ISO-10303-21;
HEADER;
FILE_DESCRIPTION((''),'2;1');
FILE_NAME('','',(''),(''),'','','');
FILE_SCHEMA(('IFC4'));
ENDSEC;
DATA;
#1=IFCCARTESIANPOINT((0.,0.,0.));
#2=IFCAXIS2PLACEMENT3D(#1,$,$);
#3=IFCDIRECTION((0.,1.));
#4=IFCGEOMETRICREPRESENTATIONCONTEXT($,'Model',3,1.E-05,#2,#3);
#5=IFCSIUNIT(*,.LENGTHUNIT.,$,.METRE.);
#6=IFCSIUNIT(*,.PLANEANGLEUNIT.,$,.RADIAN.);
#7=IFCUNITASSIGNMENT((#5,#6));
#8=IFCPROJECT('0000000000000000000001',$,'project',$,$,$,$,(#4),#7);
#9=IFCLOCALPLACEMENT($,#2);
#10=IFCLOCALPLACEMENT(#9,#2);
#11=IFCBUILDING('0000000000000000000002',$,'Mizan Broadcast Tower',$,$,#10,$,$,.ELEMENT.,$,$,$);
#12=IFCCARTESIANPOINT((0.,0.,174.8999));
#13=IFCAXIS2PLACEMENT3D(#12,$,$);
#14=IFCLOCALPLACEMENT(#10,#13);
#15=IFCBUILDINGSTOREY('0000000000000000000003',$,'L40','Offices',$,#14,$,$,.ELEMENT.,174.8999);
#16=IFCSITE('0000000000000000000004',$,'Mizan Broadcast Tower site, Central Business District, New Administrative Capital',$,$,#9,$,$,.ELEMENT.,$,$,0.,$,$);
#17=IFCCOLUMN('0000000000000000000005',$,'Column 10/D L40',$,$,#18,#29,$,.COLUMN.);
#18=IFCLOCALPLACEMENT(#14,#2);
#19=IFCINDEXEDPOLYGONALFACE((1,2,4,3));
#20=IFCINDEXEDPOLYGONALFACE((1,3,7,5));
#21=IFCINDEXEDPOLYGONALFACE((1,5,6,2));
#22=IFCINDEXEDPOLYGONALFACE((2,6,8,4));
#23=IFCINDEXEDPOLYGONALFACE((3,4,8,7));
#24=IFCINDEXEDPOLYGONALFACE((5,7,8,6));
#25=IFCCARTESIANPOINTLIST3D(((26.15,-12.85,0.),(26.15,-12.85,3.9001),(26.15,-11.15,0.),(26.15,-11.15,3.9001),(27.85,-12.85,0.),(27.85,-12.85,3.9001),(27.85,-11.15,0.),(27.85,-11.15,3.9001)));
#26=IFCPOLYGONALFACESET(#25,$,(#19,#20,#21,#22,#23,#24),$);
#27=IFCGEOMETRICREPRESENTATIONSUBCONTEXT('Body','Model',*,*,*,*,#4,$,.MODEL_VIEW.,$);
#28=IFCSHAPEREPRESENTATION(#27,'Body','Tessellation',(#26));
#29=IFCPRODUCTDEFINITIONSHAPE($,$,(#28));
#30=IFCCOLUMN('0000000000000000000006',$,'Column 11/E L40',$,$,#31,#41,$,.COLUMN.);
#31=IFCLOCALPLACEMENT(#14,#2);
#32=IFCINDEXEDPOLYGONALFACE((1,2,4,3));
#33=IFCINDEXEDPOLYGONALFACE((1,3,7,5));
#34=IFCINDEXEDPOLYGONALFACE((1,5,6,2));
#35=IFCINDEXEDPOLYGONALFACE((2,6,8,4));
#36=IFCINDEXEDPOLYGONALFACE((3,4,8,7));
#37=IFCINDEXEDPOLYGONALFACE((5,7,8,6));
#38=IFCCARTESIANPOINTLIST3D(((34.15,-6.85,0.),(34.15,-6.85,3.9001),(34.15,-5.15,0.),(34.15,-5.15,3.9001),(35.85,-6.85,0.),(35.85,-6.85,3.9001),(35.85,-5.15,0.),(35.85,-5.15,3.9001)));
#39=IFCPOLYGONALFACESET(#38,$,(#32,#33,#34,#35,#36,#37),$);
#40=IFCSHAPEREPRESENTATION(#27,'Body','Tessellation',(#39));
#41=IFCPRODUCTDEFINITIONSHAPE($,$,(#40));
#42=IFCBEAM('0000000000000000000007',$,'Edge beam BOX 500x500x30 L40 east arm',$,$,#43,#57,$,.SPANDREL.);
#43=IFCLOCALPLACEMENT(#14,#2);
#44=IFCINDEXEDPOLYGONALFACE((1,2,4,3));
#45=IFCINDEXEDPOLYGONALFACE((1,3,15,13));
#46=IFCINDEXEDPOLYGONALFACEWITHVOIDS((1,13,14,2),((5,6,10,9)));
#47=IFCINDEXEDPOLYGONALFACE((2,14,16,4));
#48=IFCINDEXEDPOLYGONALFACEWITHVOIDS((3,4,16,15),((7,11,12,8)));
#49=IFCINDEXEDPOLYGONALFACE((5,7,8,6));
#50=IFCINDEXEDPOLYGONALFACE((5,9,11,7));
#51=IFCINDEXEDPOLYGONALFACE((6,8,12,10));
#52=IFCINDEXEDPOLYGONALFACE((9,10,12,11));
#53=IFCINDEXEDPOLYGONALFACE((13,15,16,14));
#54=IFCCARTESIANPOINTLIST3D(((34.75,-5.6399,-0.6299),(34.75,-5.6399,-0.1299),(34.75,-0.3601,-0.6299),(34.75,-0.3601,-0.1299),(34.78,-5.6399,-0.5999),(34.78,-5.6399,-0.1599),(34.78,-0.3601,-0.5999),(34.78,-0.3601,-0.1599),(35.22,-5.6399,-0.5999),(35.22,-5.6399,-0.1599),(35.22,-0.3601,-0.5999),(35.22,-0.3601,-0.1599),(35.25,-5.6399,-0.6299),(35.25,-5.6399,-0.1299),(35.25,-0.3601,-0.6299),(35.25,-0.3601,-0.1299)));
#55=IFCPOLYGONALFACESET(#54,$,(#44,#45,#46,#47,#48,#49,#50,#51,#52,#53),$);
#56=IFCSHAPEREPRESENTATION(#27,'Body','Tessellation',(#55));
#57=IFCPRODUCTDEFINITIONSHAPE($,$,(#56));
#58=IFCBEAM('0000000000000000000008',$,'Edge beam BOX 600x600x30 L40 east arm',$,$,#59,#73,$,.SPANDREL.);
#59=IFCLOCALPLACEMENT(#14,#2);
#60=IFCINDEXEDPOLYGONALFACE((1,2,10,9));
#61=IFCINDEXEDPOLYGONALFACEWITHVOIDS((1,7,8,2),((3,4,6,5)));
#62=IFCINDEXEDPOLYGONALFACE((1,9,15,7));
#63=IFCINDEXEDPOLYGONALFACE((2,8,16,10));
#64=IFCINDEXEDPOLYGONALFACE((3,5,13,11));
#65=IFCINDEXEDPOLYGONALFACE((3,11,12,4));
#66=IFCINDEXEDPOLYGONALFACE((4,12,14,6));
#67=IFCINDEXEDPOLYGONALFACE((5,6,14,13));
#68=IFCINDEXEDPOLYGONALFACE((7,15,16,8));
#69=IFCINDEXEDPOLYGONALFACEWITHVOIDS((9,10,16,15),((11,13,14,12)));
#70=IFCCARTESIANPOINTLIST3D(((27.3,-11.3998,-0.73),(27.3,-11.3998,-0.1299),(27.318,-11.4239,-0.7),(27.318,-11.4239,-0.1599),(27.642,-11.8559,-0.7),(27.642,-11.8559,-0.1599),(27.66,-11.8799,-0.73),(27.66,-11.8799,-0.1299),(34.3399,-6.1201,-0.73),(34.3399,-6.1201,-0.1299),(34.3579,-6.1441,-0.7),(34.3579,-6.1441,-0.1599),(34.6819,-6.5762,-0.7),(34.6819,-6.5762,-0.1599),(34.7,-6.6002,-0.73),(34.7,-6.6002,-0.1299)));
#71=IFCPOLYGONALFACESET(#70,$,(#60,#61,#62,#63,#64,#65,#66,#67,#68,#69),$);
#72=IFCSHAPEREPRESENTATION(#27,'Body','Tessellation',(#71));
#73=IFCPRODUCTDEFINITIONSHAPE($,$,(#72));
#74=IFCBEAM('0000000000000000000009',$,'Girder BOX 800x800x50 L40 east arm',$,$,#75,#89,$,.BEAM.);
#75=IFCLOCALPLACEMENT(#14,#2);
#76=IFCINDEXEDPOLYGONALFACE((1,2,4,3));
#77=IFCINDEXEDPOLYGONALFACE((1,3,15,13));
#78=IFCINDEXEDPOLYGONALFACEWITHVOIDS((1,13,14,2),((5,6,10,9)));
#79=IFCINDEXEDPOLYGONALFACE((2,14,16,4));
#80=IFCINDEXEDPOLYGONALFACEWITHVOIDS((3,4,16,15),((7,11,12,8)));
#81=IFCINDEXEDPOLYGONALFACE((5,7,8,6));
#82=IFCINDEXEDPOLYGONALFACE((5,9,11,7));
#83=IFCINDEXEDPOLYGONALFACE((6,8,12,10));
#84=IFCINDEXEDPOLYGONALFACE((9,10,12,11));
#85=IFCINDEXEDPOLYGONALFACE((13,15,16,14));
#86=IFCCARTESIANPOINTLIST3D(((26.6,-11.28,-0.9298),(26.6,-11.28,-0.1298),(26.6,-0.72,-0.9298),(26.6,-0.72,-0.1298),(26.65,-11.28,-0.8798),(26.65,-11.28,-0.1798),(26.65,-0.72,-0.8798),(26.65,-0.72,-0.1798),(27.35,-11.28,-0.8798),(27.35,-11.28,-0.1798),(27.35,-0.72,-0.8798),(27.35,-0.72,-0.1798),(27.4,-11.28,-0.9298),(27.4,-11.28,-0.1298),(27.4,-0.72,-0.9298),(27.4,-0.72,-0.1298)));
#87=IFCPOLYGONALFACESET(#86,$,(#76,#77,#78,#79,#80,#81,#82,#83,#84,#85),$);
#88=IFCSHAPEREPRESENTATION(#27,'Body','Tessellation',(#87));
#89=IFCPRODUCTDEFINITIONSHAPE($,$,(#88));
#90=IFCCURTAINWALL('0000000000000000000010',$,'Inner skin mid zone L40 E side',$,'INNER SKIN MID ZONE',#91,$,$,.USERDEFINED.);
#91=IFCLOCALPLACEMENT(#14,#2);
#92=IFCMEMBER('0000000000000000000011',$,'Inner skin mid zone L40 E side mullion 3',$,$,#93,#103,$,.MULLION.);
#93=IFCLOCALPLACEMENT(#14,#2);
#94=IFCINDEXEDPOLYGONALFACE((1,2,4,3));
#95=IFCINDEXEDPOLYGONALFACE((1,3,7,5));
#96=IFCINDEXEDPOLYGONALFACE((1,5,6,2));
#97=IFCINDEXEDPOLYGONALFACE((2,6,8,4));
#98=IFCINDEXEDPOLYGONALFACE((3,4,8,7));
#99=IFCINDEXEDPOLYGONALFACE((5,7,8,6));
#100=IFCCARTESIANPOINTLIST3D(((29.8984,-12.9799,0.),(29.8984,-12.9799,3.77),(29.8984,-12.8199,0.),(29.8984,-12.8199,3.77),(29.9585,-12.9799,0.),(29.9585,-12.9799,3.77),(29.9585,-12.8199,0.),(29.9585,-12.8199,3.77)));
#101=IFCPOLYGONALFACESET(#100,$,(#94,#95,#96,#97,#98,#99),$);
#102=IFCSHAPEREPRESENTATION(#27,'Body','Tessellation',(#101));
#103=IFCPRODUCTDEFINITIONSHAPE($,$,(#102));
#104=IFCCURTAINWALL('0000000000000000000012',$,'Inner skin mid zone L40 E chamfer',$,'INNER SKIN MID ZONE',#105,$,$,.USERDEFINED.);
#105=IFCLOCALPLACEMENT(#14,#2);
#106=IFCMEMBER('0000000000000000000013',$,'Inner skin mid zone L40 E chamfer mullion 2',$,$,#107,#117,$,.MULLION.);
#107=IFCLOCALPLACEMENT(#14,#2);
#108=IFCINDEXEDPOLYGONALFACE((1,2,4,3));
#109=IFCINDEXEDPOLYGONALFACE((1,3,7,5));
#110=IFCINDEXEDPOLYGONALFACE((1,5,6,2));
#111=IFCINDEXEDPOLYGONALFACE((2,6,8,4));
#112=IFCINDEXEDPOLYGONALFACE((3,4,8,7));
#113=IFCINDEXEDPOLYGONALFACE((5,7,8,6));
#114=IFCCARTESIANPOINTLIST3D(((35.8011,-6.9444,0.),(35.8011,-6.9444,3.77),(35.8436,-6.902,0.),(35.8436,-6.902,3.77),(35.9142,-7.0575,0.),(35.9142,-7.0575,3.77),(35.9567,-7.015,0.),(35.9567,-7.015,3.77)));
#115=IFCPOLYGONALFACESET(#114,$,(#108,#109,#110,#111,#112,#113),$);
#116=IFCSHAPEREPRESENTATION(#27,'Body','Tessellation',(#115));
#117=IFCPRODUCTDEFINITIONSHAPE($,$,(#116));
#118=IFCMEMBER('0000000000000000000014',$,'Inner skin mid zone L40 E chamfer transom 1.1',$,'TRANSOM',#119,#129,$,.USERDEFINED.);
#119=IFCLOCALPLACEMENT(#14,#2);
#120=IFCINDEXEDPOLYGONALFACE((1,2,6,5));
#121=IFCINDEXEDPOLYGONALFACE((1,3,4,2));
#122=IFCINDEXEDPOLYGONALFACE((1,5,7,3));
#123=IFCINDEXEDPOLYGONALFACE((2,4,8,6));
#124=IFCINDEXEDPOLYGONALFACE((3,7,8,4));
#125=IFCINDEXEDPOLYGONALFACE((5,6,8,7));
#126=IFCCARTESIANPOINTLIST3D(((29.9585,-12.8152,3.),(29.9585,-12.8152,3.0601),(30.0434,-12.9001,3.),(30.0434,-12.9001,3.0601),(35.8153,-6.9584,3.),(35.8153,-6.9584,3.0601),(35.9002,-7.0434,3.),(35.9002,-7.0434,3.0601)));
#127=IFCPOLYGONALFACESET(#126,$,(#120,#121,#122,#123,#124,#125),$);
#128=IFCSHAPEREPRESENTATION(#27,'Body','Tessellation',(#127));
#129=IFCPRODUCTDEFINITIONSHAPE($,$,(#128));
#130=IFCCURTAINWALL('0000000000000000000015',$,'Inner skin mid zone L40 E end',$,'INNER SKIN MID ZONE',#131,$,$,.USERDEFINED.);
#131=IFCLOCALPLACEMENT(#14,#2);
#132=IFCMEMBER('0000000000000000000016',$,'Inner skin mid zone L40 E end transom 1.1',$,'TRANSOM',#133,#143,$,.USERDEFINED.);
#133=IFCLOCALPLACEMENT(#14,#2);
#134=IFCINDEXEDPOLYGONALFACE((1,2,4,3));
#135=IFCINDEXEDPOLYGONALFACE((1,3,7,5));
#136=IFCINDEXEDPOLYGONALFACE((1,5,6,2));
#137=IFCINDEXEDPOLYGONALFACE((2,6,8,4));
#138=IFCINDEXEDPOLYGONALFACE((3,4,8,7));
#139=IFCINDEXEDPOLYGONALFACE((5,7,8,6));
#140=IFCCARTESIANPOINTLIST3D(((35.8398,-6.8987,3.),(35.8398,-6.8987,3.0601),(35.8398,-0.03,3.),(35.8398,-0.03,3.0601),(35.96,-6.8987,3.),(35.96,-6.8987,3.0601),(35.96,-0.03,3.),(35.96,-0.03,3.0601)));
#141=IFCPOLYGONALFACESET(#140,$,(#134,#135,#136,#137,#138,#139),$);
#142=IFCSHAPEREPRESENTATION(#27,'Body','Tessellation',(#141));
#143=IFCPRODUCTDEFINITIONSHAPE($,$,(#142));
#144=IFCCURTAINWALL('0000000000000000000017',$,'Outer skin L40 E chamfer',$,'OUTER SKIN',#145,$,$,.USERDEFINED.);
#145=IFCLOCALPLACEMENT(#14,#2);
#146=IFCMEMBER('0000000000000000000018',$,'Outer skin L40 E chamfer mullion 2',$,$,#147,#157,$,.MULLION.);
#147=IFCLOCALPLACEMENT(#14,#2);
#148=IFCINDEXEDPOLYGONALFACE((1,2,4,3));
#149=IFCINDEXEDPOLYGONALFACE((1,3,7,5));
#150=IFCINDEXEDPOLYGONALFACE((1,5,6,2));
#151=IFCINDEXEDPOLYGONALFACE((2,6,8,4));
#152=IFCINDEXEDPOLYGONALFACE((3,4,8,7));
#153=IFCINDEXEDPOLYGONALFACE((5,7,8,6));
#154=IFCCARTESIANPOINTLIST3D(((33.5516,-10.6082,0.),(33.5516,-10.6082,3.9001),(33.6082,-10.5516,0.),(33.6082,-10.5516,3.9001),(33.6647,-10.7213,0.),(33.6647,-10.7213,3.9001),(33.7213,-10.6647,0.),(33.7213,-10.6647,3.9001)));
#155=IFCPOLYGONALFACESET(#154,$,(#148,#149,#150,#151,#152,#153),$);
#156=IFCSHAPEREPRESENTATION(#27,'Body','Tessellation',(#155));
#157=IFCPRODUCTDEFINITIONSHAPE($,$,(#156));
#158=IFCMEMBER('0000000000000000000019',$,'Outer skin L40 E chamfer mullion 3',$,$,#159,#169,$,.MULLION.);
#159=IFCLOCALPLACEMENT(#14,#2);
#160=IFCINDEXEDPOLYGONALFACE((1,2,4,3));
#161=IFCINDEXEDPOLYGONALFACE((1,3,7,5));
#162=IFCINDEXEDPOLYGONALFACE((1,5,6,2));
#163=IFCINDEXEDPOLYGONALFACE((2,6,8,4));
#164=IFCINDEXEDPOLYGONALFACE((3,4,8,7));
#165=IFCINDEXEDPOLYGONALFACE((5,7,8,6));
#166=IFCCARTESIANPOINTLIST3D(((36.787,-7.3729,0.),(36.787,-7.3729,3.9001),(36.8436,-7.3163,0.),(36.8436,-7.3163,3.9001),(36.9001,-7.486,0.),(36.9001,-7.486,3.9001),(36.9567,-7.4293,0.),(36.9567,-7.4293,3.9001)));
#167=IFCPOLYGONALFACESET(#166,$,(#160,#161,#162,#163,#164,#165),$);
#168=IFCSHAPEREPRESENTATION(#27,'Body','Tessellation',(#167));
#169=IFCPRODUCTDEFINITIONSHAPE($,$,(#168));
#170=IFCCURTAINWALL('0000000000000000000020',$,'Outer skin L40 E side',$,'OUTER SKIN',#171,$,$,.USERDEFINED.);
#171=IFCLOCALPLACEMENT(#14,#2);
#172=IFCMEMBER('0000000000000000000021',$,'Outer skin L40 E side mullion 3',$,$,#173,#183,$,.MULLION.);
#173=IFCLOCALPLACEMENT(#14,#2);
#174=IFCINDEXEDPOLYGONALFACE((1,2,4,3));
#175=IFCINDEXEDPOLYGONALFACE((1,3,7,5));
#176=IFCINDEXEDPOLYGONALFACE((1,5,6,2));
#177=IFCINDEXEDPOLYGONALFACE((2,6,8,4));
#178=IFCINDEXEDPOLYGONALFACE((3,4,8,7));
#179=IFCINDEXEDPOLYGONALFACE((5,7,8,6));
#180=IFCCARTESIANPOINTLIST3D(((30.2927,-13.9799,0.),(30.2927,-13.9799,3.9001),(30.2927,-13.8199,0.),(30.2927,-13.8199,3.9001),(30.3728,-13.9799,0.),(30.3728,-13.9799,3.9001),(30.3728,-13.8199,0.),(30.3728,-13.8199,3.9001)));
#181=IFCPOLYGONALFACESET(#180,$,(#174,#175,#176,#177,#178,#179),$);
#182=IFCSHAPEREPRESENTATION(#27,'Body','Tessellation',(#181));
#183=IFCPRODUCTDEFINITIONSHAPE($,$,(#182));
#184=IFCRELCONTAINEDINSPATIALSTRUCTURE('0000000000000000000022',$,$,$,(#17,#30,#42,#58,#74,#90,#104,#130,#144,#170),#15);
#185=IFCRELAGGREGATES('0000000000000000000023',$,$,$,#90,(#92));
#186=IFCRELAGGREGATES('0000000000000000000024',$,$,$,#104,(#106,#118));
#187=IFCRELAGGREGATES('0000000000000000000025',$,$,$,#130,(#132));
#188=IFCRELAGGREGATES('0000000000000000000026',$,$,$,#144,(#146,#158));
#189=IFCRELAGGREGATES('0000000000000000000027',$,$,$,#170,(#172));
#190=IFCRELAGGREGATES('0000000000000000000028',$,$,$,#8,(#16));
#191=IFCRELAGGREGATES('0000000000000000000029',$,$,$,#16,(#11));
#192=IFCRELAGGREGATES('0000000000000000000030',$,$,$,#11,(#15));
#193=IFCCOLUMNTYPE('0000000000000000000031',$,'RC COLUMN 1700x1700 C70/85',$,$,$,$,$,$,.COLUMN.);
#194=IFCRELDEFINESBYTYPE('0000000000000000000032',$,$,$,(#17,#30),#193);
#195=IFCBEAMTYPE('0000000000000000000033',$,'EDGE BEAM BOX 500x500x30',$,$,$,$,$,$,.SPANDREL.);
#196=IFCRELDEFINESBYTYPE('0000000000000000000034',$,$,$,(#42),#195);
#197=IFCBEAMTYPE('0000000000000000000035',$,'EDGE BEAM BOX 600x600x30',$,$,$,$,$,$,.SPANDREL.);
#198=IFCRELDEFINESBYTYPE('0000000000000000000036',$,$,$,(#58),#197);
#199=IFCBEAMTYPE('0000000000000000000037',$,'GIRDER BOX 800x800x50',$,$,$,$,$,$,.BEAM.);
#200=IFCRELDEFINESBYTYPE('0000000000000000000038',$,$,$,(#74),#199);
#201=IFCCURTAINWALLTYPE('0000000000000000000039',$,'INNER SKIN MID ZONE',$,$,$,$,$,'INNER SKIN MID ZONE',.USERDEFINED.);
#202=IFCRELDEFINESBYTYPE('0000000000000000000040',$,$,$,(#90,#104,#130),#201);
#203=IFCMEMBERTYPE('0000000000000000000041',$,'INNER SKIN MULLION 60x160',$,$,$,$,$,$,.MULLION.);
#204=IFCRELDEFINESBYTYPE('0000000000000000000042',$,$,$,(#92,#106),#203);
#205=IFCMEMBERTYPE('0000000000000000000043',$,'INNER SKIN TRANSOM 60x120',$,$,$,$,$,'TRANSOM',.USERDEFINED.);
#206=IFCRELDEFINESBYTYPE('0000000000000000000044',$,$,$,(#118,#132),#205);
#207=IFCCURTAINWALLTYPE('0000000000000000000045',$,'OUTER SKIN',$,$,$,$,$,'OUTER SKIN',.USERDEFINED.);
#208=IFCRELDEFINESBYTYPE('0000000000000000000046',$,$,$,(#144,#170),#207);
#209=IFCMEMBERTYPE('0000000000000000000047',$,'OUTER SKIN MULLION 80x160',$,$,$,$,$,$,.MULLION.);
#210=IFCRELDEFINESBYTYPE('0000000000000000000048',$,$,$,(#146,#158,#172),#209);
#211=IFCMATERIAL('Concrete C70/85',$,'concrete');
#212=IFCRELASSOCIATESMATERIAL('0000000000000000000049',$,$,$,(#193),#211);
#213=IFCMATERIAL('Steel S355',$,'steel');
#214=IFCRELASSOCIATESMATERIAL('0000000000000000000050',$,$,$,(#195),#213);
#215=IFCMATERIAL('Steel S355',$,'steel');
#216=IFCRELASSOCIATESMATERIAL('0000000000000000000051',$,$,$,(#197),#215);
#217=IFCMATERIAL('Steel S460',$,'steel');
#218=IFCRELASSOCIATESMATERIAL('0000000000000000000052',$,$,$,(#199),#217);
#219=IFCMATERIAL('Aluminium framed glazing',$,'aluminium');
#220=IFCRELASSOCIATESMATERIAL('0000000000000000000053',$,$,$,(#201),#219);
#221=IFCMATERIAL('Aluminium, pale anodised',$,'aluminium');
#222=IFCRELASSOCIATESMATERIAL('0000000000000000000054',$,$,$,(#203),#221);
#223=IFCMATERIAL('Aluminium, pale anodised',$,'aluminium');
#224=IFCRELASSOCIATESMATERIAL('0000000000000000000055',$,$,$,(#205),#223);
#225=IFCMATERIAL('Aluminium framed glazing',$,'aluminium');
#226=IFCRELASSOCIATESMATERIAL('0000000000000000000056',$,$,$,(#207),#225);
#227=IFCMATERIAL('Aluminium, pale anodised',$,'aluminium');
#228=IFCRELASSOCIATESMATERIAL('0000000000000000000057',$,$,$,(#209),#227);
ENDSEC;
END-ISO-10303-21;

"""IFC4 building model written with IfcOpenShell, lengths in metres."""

from ifc_helpers import new_model, si_unit, direction, frame, origin, origin_2d, place, context, subcontext, project, spatial, rectangle, hollow_rectangle, extrude, material, material_profile, profile_set, type_object, element, aggregate, save


model = new_model("IFC4")

# Units and contexts
model_context = context("Model", 3, precision=1e-05, world=origin(), true_north=direction((0.0, 1.0)))
body_context = subcontext(model_context, "Body", "Model", "MODEL_VIEW")
ifc_project = project(units=[si_unit("LENGTHUNIT", "METRE"), si_unit("PLANEANGLEUNIT", "RADIAN")], contexts=[model_context])

# Site, building, storey
site_placement = place(None, origin())
site = spatial("IfcSite", under=ifc_project, at=site_placement, Name="Mizan Broadcast Tower site, Central Business District, New Administrative Capital", CompositionType="ELEMENT", RefElevation=0.0)
building_placement = place(site_placement, origin())
building = spatial("IfcBuilding", under=site, at=building_placement, Name="Mizan Broadcast Tower", CompositionType="ELEMENT")
storey_placement = place(building_placement, frame((0.0, 0.0, 174.8999)))
storey = spatial("IfcBuildingStorey", under=building, at=storey_placement, Name="L40", Description="Offices", CompositionType="ELEMENT", Elevation=174.8999)

# Columns
ifc_material_1 = material(Name="Concrete C70/85", Category="concrete")
ifc_material_profile_1 = material_profile(ifc_material_1, rectangle(XDim=1.7, YDim=1.7, at=origin_2d()), Name="RC 1700x1700")
ifc_profile_set_1 = profile_set([ifc_material_profile_1], Name="Concrete C70/85")
column_type = type_object("IfcColumnType", Name="RC COLUMN 1700x1700 C70/85", PredefinedType="COLUMN", material=ifc_profile_set_1)
for number, where, z_axis, x_axis, name in (
    (1, (27.0, -12.0, 0.0), (0.0, 0.0, 1.0), (1.0, 0.0, 0.0), "Column 10/D L40"),
    (2, (35.0, -6.0, 0.0), (0.0, 0.0, 1.0), (1.0, 0.0, 0.0), "Column 11/E L40"),
):
    element("IfcColumn", number, at=place(storey_placement, frame(where, z_axis=z_axis, x_axis=x_axis)), inside=storey, type_object=column_type, Name=name, PredefinedType="COLUMN", context=body_context, shape_type="SweptSolid", body=[
        extrude(rectangle(XDim=1.7, YDim=1.7, at=origin_2d()), origin(), (0.0, 0.0, 1.0), 3.9001),
    ])

# Beams
ifc_material_2 = material(Name="Steel S355", Category="steel")
ifc_material_profile_2 = material_profile(ifc_material_2, hollow_rectangle(XDim=0.5, YDim=0.5, WallThickness=0.03, at=origin_2d()), Name="BOX 500x500x30")
ifc_profile_set_2 = profile_set([ifc_material_profile_2], Name="Steel S355")
beam_type_1 = type_object("IfcBeamType", Name="EDGE BEAM BOX 500x500x30", PredefinedType="SPANDREL", material=ifc_profile_set_2)
beam_1_placement = place(storey_placement, frame((35.0, -5.6399, -0.3799), z_axis=(0.0, 1.0, 0.0), x_axis=(-1.0, 0.0, 0.0)))
element("IfcBeam", 3, at=beam_1_placement, inside=storey, type_object=beam_type_1, Name="Edge beam BOX 500x500x30 L40 east arm", PredefinedType="SPANDREL", context=body_context, shape_type="SweptSolid", body=[
    extrude(hollow_rectangle(XDim=0.5, YDim=0.5, WallThickness=0.03, at=origin_2d()), origin(), (0.0, 0.0, 1.0), 5.2798),
])
ifc_material_3 = material(Name="Steel S355", Category="steel")
ifc_material_profile_3 = material_profile(ifc_material_3, hollow_rectangle(XDim=0.6001, YDim=0.6001, WallThickness=0.03, at=origin_2d()), Name="BOX 600x600x30")
ifc_profile_set_3 = profile_set([ifc_material_profile_3], Name="Steel S355")
beam_type_2 = type_object("IfcBeamType", Name="EDGE BEAM BOX 600x600x30", PredefinedType="SPANDREL", material=ifc_profile_set_3)
beam_2_placement = place(storey_placement, frame((27.48, -11.6399, -0.4299), z_axis=(0.800013, 0.599982, 0.0), x_axis=(-0.599982, 0.800013, 0.0)))
element("IfcBeam", 4, at=beam_2_placement, inside=storey, type_object=beam_type_2, Name="Edge beam BOX 600x600x30 L40 east arm", PredefinedType="SPANDREL", context=body_context, shape_type="SweptSolid", body=[
    extrude(hollow_rectangle(XDim=0.6001, YDim=0.6001, WallThickness=0.03, at=origin_2d()), origin(), (0.0, 0.0, 1.0), 8.7998),
])
ifc_material_4 = material(Name="Steel S460", Category="steel")
ifc_material_profile_4 = material_profile(ifc_material_4, hollow_rectangle(XDim=0.8, YDim=0.8, WallThickness=0.05, at=origin_2d()), Name="BOX 800x800x50")
ifc_profile_set_4 = profile_set([ifc_material_profile_4], Name="Steel S460")
beam_type_3 = type_object("IfcBeamType", Name="GIRDER BOX 800x800x50", PredefinedType="BEAM", material=ifc_profile_set_4)
beam_3_placement = place(storey_placement, frame((27.0, -11.28, -0.5298), z_axis=(0.0, 1.0, 0.0), x_axis=(-1.0, 0.0, 0.0)))
element("IfcBeam", 5, at=beam_3_placement, inside=storey, type_object=beam_type_3, Name="Girder BOX 800x800x50 L40 east arm", PredefinedType="BEAM", context=body_context, shape_type="SweptSolid", body=[
    extrude(hollow_rectangle(XDim=0.8, YDim=0.8, WallThickness=0.05, at=origin_2d()), origin(), (0.0, 0.0, 1.0), 10.5601),
])

# Curtain wall, member
ifc_material_5 = material(Name="Aluminium framed glazing", Category="aluminium")
curtain_wall_type_1 = type_object("IfcCurtainWallType", Name="INNER SKIN MID ZONE", ElementType="INNER SKIN MID ZONE", PredefinedType="USERDEFINED", material=ifc_material_5)
curtain_wall_1_placement = place(storey_placement, origin())
curtain_wall_1 = element("IfcCurtainWall", 6, at=curtain_wall_1_placement, inside=storey, type_object=curtain_wall_type_1, Name="Inner skin mid zone L40 E side", ObjectType="INNER SKIN MID ZONE", PredefinedType="USERDEFINED")
ifc_material_6 = material(Name="Aluminium, pale anodised", Category="aluminium")
ifc_material_profile_5 = material_profile(ifc_material_6, rectangle(XDim=0.1599, YDim=0.0601, at=origin_2d()), Name="MULLION 160x60")
ifc_profile_set_5 = profile_set([ifc_material_profile_5], Name="Aluminium, pale anodised")
member_type_1 = type_object("IfcMemberType", Name="INNER SKIN MULLION 60x160", PredefinedType="MULLION", material=ifc_profile_set_5)
member_1_placement = place(storey_placement, frame((29.9285, -12.8999, 0.0), z_axis=(0.0, 0.0, 1.0), x_axis=(0.0, 1.0, 0.0)))
member_1 = element("IfcMember", 7, at=member_1_placement, type_object=member_type_1, Name="Inner skin mid zone L40 E side mullion 3", PredefinedType="MULLION", context=body_context, shape_type="SweptSolid", body=[
    extrude(rectangle(XDim=0.1599, YDim=0.0601, at=origin_2d()), origin(), (0.0, 0.0, 1.0), 3.77),
])

# Curtain wall, members
curtain_wall_2_placement = place(storey_placement, origin())
curtain_wall_2 = element("IfcCurtainWall", 8, at=curtain_wall_2_placement, inside=storey, type_object=curtain_wall_type_1, Name="Inner skin mid zone L40 E chamfer", ObjectType="INNER SKIN MID ZONE", PredefinedType="USERDEFINED")
member_2_placement = place(storey_placement, frame((35.8789, -6.9797, 0.0), z_axis=(0.0, 0.0, 1.0), x_axis=(-0.707107, 0.707107, 0.0)))
member_2 = element("IfcMember", 9, at=member_2_placement, type_object=member_type_1, Name="Inner skin mid zone L40 E chamfer mullion 2", PredefinedType="MULLION", context=body_context, shape_type="SweptSolid", body=[
    extrude(rectangle(XDim=0.1599, YDim=0.0601, at=origin_2d()), origin(), (0.0, 0.0, 1.0), 3.77),
])
ifc_material_7 = material(Name="Aluminium, pale anodised", Category="aluminium")
ifc_material_profile_6 = material_profile(ifc_material_7, rectangle(XDim=0.1201, YDim=0.0601, at=origin_2d()), Name="TRANSOM 120x60")
ifc_profile_set_6 = profile_set([ifc_material_profile_6], Name="Aluminium, pale anodised")
member_type_2 = type_object("IfcMemberType", Name="INNER SKIN TRANSOM 60x120", ElementType="TRANSOM", PredefinedType="USERDEFINED", material=ifc_profile_set_6)
member_3_placement = place(storey_placement, frame((30.001, -12.8577, 3.03), z_axis=(0.707107, 0.707107, 0.0), x_axis=(-0.707107, 0.707107, 0.0)))
member_3 = element("IfcMember", 10, at=member_3_placement, type_object=member_type_2, Name="Inner skin mid zone L40 E chamfer transom 1.1", ObjectType="TRANSOM", PredefinedType="USERDEFINED", context=body_context, shape_type="SweptSolid", body=[
    extrude(rectangle(XDim=0.1201, YDim=0.0601, at=origin_2d()), origin(), (0.0, 0.0, 1.0), 8.2827),
])

# Curtain wall, member
curtain_wall_3_placement = place(storey_placement, origin())
curtain_wall_3 = element("IfcCurtainWall", 11, at=curtain_wall_3_placement, inside=storey, type_object=curtain_wall_type_1, Name="Inner skin mid zone L40 E end", ObjectType="INNER SKIN MID ZONE", PredefinedType="USERDEFINED")
member_4_placement = place(storey_placement, frame((35.8999, -6.8987, 3.03), z_axis=(0.0, 1.0, 0.0), x_axis=(-1.0, 0.0, 0.0)))
member_4 = element("IfcMember", 12, at=member_4_placement, type_object=member_type_2, Name="Inner skin mid zone L40 E end transom 1.1", ObjectType="TRANSOM", PredefinedType="USERDEFINED", context=body_context, shape_type="SweptSolid", body=[
    extrude(rectangle(XDim=0.1201, YDim=0.0601, at=origin_2d()), origin(), (0.0, 0.0, 1.0), 6.8687),
])

# Curtain wall, members
ifc_material_8 = material(Name="Aluminium framed glazing", Category="aluminium")
curtain_wall_type_2 = type_object("IfcCurtainWallType", Name="OUTER SKIN", ElementType="OUTER SKIN", PredefinedType="USERDEFINED", material=ifc_material_8)
curtain_wall_4_placement = place(storey_placement, origin())
curtain_wall_4 = element("IfcCurtainWall", 13, at=curtain_wall_4_placement, inside=storey, type_object=curtain_wall_type_2, Name="Outer skin L40 E chamfer", ObjectType="OUTER SKIN", PredefinedType="USERDEFINED")
ifc_material_9 = material(Name="Aluminium, pale anodised", Category="aluminium")
ifc_material_profile_7 = material_profile(ifc_material_9, rectangle(XDim=0.1599, YDim=0.0801, at=origin_2d()), Name="MULLION 160x80")
ifc_profile_set_7 = profile_set([ifc_material_profile_7], Name="Aluminium, pale anodised")
member_type_3 = type_object("IfcMemberType", Name="OUTER SKIN MULLION 80x160", PredefinedType="MULLION", material=ifc_profile_set_7)
member_5_placement = place(storey_placement, frame((33.6365, -10.6365, 0.0), z_axis=(0.0, 0.0, 1.0), x_axis=(-0.707107, 0.707107, 0.0)))
member_5 = element("IfcMember", 14, at=member_5_placement, type_object=member_type_3, Name="Outer skin L40 E chamfer mullion 2", PredefinedType="MULLION", context=body_context, shape_type="SweptSolid", body=[
    extrude(rectangle(XDim=0.1599, YDim=0.0801, at=origin_2d()), origin(), (0.0, 0.0, 1.0), 3.9001),
])
member_6_placement = place(storey_placement, frame((36.8718, -7.4011, 0.0), z_axis=(0.0, 0.0, 1.0), x_axis=(-0.707107, 0.707107, 0.0)))
member_6 = element("IfcMember", 15, at=member_6_placement, type_object=member_type_3, Name="Outer skin L40 E chamfer mullion 3", PredefinedType="MULLION", context=body_context, shape_type="SweptSolid", body=[
    extrude(rectangle(XDim=0.1599, YDim=0.0801, at=origin_2d()), origin(), (0.0, 0.0, 1.0), 3.9001),
])

# Curtain wall, member
curtain_wall_5_placement = place(storey_placement, origin())
curtain_wall_5 = element("IfcCurtainWall", 16, at=curtain_wall_5_placement, inside=storey, type_object=curtain_wall_type_2, Name="Outer skin L40 E side", ObjectType="OUTER SKIN", PredefinedType="USERDEFINED")
member_7_placement = place(storey_placement, frame((30.3328, -13.8999, 0.0), z_axis=(0.0, 0.0, 1.0), x_axis=(0.0, 1.0, 0.0)))
member_7 = element("IfcMember", 17, at=member_7_placement, type_object=member_type_3, Name="Outer skin L40 E side mullion 3", PredefinedType="MULLION", context=body_context, shape_type="SweptSolid", body=[
    extrude(rectangle(XDim=0.1599, YDim=0.0801, at=origin_2d()), origin(), (0.0, 0.0, 1.0), 3.9001),
])

aggregate(curtain_wall_1, [member_1])
aggregate(curtain_wall_2, [member_2, member_3])
aggregate(curtain_wall_3, [member_4])
aggregate(curtain_wall_4, [member_5, member_6])
aggregate(curtain_wall_5, [member_7])

save(model, "model.ifc")
